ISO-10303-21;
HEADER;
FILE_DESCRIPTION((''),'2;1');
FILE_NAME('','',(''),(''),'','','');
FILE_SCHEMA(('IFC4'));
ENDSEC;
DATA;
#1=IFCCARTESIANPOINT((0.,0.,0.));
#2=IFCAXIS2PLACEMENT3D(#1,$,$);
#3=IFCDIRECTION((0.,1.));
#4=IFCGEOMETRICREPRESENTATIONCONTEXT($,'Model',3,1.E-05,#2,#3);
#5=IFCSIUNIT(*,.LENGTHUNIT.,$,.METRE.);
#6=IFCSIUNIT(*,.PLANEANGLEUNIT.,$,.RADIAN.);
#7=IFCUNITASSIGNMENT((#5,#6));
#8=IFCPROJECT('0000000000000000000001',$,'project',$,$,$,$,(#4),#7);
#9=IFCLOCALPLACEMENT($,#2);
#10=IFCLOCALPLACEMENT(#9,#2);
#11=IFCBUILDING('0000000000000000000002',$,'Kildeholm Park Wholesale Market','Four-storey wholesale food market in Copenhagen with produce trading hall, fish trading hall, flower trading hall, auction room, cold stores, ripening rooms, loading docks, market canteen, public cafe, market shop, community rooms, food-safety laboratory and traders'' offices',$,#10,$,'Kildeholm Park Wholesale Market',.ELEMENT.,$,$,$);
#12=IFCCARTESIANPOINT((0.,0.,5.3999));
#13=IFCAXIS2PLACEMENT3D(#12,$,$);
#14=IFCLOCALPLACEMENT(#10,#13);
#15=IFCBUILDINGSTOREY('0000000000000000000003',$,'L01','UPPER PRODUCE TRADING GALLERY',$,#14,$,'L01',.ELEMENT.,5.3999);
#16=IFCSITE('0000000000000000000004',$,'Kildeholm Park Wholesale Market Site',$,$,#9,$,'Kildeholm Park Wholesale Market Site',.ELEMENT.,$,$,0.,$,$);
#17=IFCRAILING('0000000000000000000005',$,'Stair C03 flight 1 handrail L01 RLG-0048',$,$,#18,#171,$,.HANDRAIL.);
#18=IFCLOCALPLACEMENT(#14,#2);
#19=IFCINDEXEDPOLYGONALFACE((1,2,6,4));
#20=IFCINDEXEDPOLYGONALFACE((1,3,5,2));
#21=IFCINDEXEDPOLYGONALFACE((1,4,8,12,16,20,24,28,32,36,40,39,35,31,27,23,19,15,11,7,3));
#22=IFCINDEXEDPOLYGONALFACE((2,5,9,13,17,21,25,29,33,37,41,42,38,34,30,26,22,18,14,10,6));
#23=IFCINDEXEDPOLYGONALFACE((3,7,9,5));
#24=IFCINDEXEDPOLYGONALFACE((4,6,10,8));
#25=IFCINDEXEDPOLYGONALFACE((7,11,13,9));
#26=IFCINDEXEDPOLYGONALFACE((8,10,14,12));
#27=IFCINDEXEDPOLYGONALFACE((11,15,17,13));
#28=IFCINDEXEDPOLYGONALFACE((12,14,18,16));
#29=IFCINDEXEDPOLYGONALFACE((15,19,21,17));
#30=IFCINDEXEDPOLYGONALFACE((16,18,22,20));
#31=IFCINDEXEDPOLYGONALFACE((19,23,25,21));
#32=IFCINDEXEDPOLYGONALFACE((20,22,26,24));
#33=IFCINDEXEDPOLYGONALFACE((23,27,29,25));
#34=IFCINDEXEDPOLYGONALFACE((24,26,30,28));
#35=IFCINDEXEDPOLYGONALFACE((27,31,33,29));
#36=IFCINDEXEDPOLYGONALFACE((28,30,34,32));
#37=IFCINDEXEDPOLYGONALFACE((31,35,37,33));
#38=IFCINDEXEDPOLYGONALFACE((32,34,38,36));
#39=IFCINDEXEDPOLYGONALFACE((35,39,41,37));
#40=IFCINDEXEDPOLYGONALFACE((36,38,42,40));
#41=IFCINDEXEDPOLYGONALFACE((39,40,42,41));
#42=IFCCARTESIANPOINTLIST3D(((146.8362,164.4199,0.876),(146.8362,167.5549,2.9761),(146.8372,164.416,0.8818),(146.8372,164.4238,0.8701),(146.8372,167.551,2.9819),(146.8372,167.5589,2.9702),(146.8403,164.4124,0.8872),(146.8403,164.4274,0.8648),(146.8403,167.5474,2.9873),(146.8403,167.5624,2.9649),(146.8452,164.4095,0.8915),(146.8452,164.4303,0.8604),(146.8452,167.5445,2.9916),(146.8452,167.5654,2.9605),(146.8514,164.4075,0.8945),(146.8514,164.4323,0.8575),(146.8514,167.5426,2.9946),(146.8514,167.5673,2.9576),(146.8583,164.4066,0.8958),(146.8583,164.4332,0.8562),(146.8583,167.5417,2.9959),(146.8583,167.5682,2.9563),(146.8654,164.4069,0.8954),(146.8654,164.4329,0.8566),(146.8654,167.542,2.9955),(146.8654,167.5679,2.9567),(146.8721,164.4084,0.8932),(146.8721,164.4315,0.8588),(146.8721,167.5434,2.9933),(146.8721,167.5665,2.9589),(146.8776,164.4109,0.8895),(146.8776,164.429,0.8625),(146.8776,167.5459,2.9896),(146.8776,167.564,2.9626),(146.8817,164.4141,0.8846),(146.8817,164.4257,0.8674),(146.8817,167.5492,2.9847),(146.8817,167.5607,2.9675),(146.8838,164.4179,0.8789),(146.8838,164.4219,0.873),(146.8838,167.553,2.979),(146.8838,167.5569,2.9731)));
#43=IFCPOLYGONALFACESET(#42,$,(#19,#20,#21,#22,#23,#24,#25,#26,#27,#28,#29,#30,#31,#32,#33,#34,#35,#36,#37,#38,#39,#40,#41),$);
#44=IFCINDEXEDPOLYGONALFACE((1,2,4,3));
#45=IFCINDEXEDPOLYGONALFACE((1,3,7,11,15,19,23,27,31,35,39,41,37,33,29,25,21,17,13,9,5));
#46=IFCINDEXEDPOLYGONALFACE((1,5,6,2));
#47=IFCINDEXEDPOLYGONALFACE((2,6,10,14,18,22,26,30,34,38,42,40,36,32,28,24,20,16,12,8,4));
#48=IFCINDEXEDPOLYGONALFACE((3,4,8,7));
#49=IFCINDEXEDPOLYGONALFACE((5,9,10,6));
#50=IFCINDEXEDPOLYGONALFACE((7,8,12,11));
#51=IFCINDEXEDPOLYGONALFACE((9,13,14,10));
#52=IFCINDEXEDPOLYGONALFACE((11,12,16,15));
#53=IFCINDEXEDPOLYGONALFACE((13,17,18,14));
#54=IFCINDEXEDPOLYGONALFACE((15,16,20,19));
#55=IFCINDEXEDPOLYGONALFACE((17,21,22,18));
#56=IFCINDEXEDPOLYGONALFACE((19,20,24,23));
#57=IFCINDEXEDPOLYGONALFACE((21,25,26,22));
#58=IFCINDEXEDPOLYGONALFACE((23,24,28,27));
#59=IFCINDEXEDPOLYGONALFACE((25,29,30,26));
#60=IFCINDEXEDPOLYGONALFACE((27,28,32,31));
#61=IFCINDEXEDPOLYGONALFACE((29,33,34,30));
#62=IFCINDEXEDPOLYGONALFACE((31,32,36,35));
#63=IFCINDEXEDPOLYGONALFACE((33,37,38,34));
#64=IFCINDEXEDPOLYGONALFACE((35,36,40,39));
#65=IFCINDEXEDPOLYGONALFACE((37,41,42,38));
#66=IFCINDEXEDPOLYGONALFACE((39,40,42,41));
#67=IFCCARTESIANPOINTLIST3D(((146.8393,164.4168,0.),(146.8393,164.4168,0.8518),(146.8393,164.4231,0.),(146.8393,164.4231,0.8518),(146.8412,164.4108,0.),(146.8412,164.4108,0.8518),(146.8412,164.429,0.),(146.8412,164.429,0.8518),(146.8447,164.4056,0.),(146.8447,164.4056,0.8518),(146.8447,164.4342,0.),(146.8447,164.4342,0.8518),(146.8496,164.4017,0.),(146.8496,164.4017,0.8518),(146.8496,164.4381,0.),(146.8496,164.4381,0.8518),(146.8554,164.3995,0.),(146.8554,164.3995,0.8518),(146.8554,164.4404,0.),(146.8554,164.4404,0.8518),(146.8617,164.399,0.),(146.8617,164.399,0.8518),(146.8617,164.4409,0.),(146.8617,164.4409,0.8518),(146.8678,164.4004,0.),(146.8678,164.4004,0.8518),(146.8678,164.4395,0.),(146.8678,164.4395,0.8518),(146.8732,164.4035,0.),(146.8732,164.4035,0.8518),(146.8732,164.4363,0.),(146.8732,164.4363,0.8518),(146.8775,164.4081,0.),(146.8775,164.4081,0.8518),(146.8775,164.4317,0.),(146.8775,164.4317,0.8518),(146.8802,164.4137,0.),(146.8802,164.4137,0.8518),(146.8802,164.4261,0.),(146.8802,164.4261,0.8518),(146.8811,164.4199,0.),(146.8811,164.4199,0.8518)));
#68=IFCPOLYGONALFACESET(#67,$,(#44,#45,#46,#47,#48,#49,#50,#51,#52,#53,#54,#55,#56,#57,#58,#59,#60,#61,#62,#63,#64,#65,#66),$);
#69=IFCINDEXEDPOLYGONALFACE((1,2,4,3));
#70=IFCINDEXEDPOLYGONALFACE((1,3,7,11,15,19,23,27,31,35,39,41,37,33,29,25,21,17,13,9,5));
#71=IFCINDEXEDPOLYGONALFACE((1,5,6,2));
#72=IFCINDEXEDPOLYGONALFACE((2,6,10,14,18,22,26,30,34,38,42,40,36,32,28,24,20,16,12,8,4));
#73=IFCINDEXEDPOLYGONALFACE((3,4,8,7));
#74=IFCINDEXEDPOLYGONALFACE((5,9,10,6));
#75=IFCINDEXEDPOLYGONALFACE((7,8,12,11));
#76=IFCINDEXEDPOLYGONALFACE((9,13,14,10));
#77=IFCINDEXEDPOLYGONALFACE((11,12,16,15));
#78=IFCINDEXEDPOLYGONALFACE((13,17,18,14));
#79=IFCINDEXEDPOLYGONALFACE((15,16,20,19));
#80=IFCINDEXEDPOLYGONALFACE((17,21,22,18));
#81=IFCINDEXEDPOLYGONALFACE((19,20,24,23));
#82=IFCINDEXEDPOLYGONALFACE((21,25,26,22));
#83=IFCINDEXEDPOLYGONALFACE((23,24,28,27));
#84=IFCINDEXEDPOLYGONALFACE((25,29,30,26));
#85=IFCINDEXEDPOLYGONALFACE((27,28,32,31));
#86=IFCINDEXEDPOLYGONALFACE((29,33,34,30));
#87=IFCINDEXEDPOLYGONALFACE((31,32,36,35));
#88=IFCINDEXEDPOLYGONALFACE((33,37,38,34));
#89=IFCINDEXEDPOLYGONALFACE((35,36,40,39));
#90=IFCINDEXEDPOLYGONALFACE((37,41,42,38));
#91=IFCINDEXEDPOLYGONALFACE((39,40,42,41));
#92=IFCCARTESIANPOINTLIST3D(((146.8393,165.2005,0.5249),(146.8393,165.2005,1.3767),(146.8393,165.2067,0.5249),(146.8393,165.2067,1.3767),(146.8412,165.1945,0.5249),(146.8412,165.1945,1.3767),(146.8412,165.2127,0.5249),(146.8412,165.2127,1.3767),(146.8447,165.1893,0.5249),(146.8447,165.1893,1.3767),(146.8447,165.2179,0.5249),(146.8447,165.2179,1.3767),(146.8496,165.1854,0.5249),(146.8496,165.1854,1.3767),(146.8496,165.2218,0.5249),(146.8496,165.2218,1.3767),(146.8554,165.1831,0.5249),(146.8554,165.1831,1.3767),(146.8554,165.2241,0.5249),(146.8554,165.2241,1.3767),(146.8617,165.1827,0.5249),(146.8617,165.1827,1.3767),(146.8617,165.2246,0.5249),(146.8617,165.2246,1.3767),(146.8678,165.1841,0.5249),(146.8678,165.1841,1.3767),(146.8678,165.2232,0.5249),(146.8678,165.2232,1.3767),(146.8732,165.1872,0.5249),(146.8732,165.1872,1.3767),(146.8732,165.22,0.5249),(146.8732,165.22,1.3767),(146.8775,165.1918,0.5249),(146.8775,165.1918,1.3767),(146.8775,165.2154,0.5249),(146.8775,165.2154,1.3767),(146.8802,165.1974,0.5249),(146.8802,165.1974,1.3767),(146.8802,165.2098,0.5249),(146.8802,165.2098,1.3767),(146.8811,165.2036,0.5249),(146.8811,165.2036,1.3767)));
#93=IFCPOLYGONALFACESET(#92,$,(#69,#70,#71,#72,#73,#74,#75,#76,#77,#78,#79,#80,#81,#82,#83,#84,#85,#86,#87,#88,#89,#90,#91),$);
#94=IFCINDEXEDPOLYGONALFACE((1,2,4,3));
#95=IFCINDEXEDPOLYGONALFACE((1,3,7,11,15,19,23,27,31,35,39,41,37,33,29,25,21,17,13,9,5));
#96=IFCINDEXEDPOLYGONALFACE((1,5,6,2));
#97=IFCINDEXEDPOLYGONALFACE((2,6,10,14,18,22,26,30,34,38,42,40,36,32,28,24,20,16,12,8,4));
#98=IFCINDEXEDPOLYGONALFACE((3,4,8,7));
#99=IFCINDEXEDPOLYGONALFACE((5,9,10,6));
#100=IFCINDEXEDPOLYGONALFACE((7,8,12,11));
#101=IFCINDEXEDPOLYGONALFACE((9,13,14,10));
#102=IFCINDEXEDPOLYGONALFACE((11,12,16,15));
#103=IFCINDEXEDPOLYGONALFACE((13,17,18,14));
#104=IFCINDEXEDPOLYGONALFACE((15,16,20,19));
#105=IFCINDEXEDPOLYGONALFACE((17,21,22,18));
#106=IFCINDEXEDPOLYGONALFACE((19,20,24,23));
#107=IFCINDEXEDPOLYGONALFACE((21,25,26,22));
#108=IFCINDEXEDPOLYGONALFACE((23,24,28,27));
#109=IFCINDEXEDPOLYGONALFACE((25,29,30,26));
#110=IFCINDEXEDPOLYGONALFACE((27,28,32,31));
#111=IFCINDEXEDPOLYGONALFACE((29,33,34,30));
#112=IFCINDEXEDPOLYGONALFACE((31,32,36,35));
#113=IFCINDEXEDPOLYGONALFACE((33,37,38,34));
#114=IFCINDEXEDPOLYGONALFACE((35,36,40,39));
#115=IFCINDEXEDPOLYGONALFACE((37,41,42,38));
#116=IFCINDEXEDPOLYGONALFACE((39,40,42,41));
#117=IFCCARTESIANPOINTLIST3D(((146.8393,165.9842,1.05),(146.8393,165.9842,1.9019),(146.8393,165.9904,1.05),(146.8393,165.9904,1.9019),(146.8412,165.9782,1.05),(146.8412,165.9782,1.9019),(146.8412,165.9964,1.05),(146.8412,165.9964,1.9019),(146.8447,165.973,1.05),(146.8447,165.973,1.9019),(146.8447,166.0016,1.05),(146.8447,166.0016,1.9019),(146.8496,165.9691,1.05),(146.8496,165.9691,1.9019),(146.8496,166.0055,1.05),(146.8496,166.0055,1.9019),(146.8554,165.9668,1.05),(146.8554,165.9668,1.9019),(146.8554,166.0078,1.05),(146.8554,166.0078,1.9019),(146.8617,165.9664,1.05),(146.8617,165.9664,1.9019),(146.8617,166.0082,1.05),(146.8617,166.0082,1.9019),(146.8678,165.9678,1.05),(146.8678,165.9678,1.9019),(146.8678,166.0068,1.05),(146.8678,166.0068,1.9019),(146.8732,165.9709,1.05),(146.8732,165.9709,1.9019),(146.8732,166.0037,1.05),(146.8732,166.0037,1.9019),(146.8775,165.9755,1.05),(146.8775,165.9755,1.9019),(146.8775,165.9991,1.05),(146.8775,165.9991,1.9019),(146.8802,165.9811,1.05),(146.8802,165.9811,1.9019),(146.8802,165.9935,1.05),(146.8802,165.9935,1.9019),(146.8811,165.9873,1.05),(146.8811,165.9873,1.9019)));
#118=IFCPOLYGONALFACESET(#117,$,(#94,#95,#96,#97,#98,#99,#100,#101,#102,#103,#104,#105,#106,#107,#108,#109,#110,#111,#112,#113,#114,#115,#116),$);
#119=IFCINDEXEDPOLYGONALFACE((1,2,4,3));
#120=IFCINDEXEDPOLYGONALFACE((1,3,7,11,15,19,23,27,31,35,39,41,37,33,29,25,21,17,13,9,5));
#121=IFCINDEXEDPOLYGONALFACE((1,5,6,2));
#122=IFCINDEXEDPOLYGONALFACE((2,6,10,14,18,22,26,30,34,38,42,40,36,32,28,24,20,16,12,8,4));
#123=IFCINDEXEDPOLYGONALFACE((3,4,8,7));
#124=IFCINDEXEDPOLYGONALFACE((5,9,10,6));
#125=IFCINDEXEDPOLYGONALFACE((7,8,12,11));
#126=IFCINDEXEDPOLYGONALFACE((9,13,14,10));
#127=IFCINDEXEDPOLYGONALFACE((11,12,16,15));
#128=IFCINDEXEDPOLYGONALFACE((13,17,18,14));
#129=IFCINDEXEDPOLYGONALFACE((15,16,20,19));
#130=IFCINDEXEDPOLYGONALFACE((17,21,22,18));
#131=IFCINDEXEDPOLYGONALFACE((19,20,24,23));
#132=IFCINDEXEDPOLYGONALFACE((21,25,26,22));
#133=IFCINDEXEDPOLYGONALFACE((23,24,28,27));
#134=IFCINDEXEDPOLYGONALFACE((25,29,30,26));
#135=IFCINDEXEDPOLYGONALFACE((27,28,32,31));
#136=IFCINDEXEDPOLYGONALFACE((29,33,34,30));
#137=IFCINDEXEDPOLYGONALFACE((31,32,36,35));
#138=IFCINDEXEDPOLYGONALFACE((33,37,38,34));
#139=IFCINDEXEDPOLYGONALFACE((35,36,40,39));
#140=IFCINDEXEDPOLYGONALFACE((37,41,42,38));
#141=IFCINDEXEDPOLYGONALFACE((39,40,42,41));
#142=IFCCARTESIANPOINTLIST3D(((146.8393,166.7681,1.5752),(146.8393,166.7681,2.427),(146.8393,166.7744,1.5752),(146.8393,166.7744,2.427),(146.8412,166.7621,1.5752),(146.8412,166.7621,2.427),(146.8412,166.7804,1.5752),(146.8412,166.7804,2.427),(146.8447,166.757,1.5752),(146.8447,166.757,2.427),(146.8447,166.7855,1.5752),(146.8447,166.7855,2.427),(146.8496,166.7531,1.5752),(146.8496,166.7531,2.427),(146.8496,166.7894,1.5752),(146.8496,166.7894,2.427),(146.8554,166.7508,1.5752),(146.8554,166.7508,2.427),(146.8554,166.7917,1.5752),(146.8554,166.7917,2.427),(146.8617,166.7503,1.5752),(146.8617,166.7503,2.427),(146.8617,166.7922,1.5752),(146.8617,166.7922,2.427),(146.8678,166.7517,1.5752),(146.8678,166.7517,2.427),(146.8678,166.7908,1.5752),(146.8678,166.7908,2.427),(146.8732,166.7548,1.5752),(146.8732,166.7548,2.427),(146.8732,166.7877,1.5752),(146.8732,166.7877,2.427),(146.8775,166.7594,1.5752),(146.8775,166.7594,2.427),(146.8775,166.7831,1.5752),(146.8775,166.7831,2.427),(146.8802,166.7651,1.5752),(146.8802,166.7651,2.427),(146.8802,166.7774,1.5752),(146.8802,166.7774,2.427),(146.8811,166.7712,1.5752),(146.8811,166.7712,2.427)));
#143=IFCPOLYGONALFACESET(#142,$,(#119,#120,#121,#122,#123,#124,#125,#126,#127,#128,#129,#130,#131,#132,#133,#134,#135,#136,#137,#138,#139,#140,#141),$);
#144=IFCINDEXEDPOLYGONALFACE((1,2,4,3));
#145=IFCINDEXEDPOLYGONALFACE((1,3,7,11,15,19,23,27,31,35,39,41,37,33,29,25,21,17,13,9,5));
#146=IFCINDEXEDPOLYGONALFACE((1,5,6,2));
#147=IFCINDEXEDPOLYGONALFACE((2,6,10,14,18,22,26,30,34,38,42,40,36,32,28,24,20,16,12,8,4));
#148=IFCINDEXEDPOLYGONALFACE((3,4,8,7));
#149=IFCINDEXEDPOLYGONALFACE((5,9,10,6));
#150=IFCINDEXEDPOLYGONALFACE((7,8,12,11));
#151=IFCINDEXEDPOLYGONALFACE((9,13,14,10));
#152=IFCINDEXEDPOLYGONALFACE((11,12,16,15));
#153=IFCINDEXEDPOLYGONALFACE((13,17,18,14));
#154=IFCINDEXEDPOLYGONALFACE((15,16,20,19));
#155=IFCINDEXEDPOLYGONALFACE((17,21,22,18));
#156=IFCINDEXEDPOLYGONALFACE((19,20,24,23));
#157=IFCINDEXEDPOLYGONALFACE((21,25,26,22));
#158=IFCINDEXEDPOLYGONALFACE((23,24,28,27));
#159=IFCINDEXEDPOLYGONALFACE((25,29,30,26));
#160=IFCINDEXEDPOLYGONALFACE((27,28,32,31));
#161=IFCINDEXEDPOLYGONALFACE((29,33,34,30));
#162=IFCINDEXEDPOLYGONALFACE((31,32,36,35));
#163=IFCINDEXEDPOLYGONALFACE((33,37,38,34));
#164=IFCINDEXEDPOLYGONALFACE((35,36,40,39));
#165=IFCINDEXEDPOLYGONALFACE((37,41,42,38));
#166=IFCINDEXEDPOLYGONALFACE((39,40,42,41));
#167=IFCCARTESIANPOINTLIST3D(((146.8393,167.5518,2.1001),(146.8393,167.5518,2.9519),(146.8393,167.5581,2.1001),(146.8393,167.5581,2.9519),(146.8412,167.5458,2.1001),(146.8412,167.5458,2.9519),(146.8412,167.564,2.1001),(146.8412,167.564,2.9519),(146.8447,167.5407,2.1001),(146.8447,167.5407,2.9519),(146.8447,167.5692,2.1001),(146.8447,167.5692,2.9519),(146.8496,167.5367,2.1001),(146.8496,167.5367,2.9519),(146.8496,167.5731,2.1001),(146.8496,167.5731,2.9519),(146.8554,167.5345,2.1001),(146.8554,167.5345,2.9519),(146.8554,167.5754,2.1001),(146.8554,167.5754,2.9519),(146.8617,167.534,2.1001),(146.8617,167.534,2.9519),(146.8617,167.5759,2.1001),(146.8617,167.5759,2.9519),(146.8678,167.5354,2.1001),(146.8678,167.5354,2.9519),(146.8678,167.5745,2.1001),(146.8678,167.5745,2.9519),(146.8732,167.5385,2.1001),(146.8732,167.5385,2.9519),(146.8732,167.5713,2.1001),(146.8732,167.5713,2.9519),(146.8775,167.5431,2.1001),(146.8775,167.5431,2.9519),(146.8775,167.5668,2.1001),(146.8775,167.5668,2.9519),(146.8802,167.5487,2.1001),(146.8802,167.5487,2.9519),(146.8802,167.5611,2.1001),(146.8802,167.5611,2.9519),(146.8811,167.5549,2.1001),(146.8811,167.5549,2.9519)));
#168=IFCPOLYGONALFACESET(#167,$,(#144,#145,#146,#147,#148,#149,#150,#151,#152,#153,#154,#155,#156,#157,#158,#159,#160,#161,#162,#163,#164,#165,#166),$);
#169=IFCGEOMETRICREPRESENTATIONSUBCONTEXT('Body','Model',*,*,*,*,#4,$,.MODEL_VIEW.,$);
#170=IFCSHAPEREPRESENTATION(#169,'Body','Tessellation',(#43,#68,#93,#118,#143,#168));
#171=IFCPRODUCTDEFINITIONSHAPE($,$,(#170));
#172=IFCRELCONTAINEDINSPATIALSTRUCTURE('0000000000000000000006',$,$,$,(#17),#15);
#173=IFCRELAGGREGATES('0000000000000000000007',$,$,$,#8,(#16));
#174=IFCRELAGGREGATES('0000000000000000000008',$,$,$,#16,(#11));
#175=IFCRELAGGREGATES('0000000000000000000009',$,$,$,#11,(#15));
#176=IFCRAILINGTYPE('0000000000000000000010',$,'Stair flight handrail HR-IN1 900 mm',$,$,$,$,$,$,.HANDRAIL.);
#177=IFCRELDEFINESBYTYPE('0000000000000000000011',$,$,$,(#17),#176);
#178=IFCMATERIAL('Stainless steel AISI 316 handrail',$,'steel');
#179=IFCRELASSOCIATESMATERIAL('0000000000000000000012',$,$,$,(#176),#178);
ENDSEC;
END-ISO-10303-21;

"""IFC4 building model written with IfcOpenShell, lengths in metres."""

from ifc_helpers import new_model, si_unit, direction, frame, origin, origin_2d, place, context, subcontext, project, spatial, circle, extrude, material, type_object, element, save


model = new_model("IFC4")

# Units and contexts
model_context = context("Model", 3, precision=1e-05, world=origin(), true_north=direction((0.0, 1.0)))
body_context = subcontext(model_context, "Body", "Model", "MODEL_VIEW")
ifc_project = project(units=[si_unit("LENGTHUNIT", "METRE"), si_unit("PLANEANGLEUNIT", "RADIAN")], contexts=[model_context])

# Site, building, storey
site_placement = place(None, origin())
site = spatial("IfcSite", under=ifc_project, at=site_placement, Name="Kildeholm Park Wholesale Market Site", LongName="Kildeholm Park Wholesale Market Site", CompositionType="ELEMENT", RefElevation=0.0)
building_placement = place(site_placement, origin())
building = spatial("IfcBuilding", under=site, at=building_placement, Name="Kildeholm Park Wholesale Market", Description="Four-storey wholesale food market in Copenhagen with produce trading hall, fish trading hall, flower trading hall, auction room, cold stores, ripening rooms, loading docks, market canteen, public cafe, market shop, community rooms, food-safety laboratory and traders' offices", LongName="Kildeholm Park Wholesale Market", CompositionType="ELEMENT")
storey_placement = place(building_placement, frame((0.0, 0.0, 5.3999)))
storey = spatial("IfcBuildingStorey", under=building, at=storey_placement, Name="L01", Description="UPPER PRODUCE TRADING GALLERY", LongName="L01", CompositionType="ELEMENT", Elevation=5.3999)

# Railing
ifc_material_1 = material(Name="Stainless steel AISI 316 handrail", Category="steel")
railing_type_1 = type_object("IfcRailingType", Name="Stair flight handrail HR-IN1 900 mm", PredefinedType="HANDRAIL", material=ifc_material_1)
railing_1_placement = place(storey_placement, frame((146.8601, 164.4199, 0.0)))
element("IfcRailing", 1, at=railing_1_placement, inside=storey, type_object=railing_type_1, Name="Stair C03 flight 1 handrail L01 RLG-0048", PredefinedType="HANDRAIL", context=body_context, shape_type="SweptSolid", body=[
    extrude(circle(Radius=0.0239, at=origin_2d()), frame((0.0, 0.0, 0.876), z_axis=(0.0, 0.830814, 0.55655), x_axis=(-1.0, 0.0, 0.0)), (0.0, 0.0, 1.0), 3.7734),
    extrude(circle(Radius=0.021, at=origin_2d()), origin(), (0.0, 0.0, 1.0), 0.8518),
    extrude(circle(Radius=0.021, at=origin_2d()), frame((0.0, 0.7837, 0.5249)), (0.0, 0.0, 1.0), 0.8518),
    extrude(circle(Radius=0.021, at=origin_2d()), frame((0.0, 1.5674, 1.05)), (0.0, 0.0, 1.0), 0.8518),
    extrude(circle(Radius=0.021, at=origin_2d()), frame((0.0, 2.3513, 1.5752)), (0.0, 0.0, 1.0), 0.8518),
    extrude(circle(Radius=0.021, at=origin_2d()), frame((0.0, 3.135, 2.1001)), (0.0, 0.0, 1.0), 0.8518),
])

save(model, "model.ifc")
